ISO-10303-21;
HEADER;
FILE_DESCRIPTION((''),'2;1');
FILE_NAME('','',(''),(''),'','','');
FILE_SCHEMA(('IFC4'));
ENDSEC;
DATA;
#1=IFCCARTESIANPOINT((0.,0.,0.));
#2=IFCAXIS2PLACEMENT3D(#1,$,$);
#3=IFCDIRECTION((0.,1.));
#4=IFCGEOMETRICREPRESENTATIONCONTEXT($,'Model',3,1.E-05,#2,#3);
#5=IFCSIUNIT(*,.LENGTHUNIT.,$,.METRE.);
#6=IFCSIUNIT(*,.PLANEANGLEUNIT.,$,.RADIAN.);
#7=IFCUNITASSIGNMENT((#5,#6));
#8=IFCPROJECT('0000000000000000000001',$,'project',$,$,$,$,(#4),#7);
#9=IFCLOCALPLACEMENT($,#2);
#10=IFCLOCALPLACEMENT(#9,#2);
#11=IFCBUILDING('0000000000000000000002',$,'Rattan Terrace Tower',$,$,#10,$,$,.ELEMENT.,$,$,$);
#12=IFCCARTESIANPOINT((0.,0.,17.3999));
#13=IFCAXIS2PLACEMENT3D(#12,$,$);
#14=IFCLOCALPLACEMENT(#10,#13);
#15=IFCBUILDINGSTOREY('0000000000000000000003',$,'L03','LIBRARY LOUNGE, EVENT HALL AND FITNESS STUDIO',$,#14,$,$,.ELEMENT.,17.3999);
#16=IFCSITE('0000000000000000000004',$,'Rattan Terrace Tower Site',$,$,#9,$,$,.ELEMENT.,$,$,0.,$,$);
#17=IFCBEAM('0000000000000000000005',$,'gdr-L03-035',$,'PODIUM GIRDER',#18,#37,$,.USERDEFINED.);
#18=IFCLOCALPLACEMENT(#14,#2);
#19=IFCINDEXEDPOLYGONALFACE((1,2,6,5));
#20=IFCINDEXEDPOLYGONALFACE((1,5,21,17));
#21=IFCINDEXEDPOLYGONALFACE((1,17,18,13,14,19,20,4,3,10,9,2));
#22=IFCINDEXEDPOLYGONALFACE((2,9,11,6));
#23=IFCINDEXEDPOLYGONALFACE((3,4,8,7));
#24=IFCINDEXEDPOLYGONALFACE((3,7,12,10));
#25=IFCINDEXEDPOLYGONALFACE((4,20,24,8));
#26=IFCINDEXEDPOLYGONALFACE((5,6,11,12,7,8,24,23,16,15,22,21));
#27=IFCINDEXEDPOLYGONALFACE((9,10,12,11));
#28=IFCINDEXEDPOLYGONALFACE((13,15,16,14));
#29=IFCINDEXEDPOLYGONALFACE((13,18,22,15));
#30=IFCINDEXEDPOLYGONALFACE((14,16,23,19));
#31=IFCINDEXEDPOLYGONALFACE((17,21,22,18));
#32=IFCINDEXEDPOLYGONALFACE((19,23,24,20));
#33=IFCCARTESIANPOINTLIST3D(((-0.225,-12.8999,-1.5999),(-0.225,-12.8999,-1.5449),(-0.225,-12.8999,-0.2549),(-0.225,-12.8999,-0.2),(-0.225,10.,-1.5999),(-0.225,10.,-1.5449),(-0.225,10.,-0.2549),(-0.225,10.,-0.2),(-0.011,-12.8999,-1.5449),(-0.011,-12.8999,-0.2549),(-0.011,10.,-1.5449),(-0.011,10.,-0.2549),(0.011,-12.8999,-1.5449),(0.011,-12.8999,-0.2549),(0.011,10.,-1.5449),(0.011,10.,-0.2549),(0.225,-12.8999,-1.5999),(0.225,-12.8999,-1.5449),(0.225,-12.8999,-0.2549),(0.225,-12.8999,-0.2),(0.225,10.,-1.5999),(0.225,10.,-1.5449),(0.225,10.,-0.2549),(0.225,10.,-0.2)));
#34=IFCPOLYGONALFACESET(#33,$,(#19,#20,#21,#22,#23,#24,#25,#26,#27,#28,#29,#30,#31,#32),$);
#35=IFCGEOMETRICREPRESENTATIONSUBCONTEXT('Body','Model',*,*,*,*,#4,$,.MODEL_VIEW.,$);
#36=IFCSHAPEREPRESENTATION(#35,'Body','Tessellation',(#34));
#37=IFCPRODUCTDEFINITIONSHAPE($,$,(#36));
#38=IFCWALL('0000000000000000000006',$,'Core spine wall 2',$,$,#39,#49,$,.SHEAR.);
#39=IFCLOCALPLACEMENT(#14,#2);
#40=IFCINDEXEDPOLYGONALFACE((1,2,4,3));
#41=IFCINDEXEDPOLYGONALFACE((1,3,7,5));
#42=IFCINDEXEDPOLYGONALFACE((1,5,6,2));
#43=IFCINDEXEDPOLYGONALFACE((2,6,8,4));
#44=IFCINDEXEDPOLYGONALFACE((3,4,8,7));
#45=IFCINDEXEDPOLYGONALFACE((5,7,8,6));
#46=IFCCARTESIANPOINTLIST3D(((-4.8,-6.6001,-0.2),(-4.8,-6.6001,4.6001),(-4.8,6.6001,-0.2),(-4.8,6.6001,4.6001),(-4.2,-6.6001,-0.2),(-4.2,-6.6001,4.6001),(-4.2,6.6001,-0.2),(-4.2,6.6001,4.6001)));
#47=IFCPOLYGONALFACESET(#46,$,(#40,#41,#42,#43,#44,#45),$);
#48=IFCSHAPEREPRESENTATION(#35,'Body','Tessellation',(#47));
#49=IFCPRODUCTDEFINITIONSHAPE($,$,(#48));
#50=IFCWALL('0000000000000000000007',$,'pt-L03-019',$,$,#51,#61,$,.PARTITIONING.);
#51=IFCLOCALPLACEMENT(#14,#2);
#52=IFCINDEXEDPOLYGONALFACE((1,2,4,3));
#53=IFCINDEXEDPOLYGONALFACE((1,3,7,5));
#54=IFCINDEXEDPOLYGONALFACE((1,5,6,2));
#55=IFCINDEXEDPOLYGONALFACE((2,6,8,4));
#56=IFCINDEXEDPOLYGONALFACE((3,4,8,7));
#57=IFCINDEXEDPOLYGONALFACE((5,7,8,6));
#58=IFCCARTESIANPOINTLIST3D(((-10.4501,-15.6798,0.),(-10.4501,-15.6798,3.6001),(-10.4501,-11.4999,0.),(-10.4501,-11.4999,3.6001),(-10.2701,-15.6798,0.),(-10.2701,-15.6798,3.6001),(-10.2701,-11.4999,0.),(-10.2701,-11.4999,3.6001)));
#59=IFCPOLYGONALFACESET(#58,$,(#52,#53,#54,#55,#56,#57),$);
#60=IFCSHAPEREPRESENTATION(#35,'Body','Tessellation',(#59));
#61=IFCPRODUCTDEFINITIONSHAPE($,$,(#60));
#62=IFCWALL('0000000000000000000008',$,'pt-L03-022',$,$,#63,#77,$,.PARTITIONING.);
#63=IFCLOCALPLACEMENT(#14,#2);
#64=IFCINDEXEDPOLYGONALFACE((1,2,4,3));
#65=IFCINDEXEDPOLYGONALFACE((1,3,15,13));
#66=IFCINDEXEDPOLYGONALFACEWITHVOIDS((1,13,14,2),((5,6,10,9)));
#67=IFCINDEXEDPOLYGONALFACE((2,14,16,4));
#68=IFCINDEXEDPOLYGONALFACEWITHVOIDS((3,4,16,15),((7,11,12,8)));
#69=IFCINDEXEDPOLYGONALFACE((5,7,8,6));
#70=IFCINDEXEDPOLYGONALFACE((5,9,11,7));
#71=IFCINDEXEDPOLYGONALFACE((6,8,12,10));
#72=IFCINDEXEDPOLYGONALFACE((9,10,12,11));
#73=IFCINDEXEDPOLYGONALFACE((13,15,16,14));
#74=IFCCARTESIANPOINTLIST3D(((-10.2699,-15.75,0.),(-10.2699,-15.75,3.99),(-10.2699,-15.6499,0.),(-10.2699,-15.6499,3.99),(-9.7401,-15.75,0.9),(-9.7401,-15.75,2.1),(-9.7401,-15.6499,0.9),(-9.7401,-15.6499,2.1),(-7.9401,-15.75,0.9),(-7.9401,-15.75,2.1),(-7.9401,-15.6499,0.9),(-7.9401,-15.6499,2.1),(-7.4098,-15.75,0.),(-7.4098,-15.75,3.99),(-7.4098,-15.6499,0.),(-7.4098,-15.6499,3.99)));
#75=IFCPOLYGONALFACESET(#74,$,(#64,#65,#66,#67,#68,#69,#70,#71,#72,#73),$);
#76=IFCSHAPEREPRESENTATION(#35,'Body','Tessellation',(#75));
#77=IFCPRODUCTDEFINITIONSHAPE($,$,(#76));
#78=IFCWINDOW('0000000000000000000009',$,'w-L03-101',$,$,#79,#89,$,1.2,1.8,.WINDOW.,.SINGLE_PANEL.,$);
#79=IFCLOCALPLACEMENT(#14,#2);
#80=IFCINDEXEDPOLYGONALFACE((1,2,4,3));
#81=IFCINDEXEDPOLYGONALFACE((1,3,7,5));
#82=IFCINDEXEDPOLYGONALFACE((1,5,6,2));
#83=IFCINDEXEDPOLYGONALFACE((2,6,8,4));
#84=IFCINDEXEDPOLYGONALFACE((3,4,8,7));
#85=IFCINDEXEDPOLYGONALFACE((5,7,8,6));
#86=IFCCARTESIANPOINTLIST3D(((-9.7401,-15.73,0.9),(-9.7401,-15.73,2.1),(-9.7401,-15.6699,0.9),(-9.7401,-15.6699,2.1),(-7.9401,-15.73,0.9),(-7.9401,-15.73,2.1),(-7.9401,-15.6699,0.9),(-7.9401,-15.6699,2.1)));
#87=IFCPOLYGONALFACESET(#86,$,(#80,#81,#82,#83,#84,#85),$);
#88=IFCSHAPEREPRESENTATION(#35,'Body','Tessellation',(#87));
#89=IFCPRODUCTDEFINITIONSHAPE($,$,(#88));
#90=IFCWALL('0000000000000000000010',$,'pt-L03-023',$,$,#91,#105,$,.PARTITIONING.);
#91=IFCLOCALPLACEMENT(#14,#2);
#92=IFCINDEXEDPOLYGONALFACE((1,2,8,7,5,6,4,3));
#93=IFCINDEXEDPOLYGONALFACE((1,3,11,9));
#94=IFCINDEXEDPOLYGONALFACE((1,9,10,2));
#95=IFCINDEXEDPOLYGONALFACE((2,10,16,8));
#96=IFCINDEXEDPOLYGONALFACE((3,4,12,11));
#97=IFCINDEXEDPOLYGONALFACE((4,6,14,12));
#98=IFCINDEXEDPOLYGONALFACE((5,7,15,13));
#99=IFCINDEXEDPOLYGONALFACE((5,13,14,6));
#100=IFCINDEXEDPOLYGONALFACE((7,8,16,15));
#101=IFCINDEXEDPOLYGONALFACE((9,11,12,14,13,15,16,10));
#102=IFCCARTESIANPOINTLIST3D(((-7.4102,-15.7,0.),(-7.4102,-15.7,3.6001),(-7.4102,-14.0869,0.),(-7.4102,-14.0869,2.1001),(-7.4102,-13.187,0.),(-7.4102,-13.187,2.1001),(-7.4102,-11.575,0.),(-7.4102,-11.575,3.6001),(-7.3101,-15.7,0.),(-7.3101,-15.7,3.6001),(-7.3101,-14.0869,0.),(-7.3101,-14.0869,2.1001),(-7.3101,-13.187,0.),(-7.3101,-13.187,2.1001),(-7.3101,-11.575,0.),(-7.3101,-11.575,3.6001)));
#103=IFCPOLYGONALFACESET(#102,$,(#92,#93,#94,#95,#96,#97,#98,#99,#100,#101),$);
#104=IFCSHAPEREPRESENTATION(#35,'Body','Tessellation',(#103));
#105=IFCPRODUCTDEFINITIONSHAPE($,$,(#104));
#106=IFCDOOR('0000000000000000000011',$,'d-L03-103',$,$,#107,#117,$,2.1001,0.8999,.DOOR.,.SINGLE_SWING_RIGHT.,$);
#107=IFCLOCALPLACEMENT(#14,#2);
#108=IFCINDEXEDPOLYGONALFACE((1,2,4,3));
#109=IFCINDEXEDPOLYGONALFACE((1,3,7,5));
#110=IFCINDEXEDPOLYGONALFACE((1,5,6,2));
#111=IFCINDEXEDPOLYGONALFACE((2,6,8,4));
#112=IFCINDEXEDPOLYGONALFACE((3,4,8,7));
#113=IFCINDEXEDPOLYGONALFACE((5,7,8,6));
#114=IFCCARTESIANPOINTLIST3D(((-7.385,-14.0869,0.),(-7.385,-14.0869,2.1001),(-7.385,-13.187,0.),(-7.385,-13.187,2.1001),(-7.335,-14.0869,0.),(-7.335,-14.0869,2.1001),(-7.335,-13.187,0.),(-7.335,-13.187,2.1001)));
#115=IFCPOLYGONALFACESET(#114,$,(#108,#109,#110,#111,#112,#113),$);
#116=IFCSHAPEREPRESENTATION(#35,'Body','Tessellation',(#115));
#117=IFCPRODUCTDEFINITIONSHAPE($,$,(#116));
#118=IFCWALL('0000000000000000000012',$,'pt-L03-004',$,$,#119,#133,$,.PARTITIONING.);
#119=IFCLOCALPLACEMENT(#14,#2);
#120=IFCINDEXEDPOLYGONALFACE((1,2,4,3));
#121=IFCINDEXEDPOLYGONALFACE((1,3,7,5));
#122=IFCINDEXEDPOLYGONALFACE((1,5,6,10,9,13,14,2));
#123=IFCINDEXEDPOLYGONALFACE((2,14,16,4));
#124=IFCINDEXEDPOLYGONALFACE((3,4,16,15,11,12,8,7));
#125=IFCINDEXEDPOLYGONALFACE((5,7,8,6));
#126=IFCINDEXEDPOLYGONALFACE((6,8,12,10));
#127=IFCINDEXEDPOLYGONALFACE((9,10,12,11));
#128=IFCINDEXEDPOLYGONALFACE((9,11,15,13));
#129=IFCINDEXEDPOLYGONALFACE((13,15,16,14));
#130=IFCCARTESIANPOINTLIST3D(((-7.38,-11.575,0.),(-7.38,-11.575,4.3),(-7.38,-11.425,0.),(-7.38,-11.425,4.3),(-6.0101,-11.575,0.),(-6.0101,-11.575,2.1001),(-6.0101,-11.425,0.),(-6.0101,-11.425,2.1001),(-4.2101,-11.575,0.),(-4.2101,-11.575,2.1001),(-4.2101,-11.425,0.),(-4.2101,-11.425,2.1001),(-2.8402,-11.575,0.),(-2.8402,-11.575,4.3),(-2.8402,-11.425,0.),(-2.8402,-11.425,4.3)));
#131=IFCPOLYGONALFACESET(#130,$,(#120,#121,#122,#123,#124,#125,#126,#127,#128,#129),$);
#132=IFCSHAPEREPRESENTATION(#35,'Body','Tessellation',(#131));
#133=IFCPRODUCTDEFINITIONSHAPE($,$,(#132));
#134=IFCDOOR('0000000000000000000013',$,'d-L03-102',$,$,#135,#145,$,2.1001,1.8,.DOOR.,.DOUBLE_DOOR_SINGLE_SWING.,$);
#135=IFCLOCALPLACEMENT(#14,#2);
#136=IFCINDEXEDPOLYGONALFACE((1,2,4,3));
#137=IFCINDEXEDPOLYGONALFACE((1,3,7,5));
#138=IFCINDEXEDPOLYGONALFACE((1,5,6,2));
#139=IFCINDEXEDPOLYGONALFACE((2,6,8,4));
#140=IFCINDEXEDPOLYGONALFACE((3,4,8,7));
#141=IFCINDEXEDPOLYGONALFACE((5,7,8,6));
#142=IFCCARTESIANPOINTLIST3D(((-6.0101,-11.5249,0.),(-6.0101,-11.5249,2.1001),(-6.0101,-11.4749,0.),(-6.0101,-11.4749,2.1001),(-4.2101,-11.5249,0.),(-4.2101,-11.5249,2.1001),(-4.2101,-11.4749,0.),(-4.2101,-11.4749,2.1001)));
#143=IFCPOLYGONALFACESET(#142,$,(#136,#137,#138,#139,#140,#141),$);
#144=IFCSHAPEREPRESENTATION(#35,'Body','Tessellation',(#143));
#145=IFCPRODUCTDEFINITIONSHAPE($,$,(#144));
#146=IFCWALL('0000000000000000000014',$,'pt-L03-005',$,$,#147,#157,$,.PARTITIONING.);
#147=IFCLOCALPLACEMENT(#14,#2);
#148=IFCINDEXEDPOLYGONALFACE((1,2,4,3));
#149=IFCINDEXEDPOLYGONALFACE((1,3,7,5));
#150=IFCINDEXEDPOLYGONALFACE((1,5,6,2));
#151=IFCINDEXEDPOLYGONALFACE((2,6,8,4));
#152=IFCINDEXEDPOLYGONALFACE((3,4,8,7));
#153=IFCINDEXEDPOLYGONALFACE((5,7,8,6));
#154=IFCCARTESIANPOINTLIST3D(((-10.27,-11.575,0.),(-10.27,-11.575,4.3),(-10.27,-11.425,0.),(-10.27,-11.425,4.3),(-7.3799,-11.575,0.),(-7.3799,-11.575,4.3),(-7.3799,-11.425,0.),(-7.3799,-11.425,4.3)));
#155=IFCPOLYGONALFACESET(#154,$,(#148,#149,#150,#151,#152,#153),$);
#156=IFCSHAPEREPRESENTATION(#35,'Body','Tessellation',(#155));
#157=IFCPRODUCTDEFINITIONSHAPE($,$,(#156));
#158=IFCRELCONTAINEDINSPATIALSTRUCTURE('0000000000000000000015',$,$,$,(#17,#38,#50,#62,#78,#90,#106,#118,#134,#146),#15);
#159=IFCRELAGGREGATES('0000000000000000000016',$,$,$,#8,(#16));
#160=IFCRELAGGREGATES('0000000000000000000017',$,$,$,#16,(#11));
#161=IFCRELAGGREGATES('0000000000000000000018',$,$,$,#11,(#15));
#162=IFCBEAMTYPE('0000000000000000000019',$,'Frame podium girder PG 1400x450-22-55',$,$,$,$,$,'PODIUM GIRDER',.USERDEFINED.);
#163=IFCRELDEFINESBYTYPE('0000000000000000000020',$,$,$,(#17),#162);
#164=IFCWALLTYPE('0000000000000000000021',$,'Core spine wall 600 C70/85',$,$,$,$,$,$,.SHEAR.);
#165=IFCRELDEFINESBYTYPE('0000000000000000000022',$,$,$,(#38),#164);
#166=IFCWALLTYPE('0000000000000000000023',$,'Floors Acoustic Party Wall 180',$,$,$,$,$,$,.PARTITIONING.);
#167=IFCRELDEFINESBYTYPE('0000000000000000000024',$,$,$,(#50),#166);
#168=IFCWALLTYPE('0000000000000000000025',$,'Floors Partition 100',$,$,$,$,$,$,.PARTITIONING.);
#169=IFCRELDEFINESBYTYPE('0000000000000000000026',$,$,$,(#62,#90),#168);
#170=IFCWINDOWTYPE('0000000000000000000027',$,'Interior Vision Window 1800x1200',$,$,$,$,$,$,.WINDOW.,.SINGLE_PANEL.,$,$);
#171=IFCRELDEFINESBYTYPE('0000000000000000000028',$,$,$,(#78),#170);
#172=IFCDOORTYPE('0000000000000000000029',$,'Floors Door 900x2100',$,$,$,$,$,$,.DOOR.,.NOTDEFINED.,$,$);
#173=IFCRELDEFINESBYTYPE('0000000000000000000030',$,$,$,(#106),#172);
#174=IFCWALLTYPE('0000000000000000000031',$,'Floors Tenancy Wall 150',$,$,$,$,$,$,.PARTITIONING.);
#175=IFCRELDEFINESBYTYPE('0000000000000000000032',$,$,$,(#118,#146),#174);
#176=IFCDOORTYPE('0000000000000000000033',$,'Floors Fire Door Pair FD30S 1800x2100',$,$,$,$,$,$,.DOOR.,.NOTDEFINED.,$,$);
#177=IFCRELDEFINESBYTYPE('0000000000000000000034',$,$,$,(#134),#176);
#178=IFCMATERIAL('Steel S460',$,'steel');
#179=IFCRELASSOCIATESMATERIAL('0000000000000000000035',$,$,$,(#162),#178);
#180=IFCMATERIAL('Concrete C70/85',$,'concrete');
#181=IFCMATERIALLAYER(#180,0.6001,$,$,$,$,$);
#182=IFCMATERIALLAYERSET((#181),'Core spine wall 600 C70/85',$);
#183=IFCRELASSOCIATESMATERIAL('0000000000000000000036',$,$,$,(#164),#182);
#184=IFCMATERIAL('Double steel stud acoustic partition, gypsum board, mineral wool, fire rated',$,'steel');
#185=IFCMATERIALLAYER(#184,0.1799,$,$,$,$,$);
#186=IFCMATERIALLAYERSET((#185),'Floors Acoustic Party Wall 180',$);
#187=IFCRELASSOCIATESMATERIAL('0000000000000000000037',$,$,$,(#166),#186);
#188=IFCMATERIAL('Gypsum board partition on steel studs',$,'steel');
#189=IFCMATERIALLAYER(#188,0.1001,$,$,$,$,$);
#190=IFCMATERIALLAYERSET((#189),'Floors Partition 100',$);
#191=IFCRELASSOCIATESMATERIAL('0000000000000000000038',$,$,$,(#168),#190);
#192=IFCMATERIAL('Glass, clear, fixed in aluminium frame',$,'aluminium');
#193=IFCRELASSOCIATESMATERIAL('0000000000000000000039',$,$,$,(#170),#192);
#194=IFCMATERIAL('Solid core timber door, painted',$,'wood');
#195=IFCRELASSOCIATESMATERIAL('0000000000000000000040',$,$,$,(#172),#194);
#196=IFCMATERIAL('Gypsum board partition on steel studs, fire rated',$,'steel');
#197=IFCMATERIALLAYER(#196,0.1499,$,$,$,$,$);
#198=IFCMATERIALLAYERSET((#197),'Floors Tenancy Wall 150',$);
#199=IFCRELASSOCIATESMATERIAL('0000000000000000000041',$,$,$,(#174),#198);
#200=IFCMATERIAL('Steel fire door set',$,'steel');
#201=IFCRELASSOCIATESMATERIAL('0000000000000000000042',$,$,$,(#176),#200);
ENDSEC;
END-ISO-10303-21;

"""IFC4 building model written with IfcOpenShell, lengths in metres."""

from ifc_helpers import new_model, si_unit, direction, frame, frame_2d, origin, origin_2d, place, context, subcontext, project, spatial, rectangle, i_section, extrude, material, layer, layer_set, material_profile, profile_set, type_object, element, fill, save


model = new_model("IFC4")

# Units and contexts
model_context = context("Model", 3, precision=1e-05, world=origin(), true_north=direction((0.0, 1.0)))
body_context = subcontext(model_context, "Body", "Model", "MODEL_VIEW")
ifc_project = project(units=[si_unit("LENGTHUNIT", "METRE"), si_unit("PLANEANGLEUNIT", "RADIAN")], contexts=[model_context])

# Site, building, storey
site_placement = place(None, origin())
site = spatial("IfcSite", under=ifc_project, at=site_placement, Name="Rattan Terrace Tower Site", CompositionType="ELEMENT", RefElevation=0.0)
building_placement = place(site_placement, origin())
building = spatial("IfcBuilding", under=site, at=building_placement, Name="Rattan Terrace Tower", CompositionType="ELEMENT")
storey_placement = place(building_placement, frame((0.0, 0.0, 17.3999)))
storey = spatial("IfcBuildingStorey", under=building, at=storey_placement, Name="L03", Description="LIBRARY LOUNGE, EVENT HALL AND FITNESS STUDIO", CompositionType="ELEMENT", Elevation=17.3999)

# Beam
ifc_material_1 = material(Name="Steel S460", Category="steel")
ifc_material_profile_1 = material_profile(ifc_material_1, i_section(OverallWidth=0.45, OverallDepth=1.3999, WebThickness=0.022, FlangeThickness=0.0549, at=origin_2d()), Name="PG 1400x450-22-55")
ifc_profile_set_1 = profile_set([ifc_material_profile_1], Name="Steel S460")
beam_type_1 = type_object("IfcBeamType", Name="Frame podium girder PG 1400x450-22-55", ElementType="PODIUM GIRDER", PredefinedType="USERDEFINED", material=ifc_profile_set_1)
beam_1_placement = place(storey_placement, frame((0.0, -12.8999, -0.8999), z_axis=(0.0, 1.0, 0.0), x_axis=(-1.0, 0.0, 0.0)))
element("IfcBeam", 1, at=beam_1_placement, inside=storey, type_object=beam_type_1, Name="gdr-L03-035", ObjectType="PODIUM GIRDER", PredefinedType="USERDEFINED", context=body_context, shape_type="SweptSolid", body=[
    extrude(i_section(OverallWidth=0.45, OverallDepth=1.3999, WebThickness=0.022, FlangeThickness=0.0549, at=origin_2d()), origin(), (0.0, 0.0, 1.0), 22.8999),
])

# Walls
ifc_material_2 = material(Name="Concrete C70/85", Category="concrete")
ifc_layer_1 = layer(ifc_material_2, 0.6001)
ifc_layer_set_1 = layer_set([ifc_layer_1], Name="Core spine wall 600 C70/85")
wall_type_1 = type_object("IfcWallType", Name="Core spine wall 600 C70/85", PredefinedType="SHEAR", material=ifc_layer_set_1)
wall_1_placement = place(storey_placement, frame((-4.5, -6.6001, -0.2), z_axis=(0.0, 0.0, 1.0), x_axis=(0.0, 1.0, 0.0)))
element("IfcWall", 2, at=wall_1_placement, inside=storey, type_object=wall_type_1, Name="Core spine wall 2", PredefinedType="SHEAR", context=body_context, shape_type="SweptSolid", body=[
    extrude(rectangle(XDim=13.2002, YDim=0.6001, at=frame_2d((6.6001, 0.0))), origin(), (0.0, 0.0, 1.0), 4.8),
])
ifc_material_3 = material(Name="Double steel stud acoustic partition, gypsum board, mineral wool, fire rated", Category="steel")
ifc_layer_2 = layer(ifc_material_3, 0.1799)
ifc_layer_set_2 = layer_set([ifc_layer_2], Name="Floors Acoustic Party Wall 180")
wall_type_2 = type_object("IfcWallType", Name="Floors Acoustic Party Wall 180", PredefinedType="PARTITIONING", material=ifc_layer_set_2)
wall_2_placement = place(storey_placement, frame((-10.3601, -11.5, 0.0), z_axis=(0.0, 0.0, 1.0), x_axis=(0.0, -1.0, 0.0)))
element("IfcWall", 3, at=wall_2_placement, inside=storey, type_object=wall_type_2, Name="pt-L03-019", PredefinedType="PARTITIONING", context=body_context, shape_type="SweptSolid", body=[
    extrude(rectangle(XDim=4.1799, YDim=0.1799, at=frame_2d((2.0898, 0.0))), origin(), (0.0, 0.0, 1.0), 3.6001),
])

# Wall, opening, window
ifc_material_4 = material(Name="Gypsum board partition on steel studs", Category="steel")
ifc_layer_3 = layer(ifc_material_4, 0.1001)
ifc_layer_set_3 = layer_set([ifc_layer_3], Name="Floors Partition 100")
wall_type_3 = type_object("IfcWallType", Name="Floors Partition 100", PredefinedType="PARTITIONING", material=ifc_layer_set_3)
wall_3_placement = place(storey_placement, frame((-10.27, -15.7, 0.0), z_axis=(0.0, 0.0, 1.0), x_axis=(1.0, 0.0, 0.0)))
wall_3 = element("IfcWall", 4, at=wall_3_placement, inside=storey, type_object=wall_type_3, Name="pt-L03-022", PredefinedType="PARTITIONING", context=body_context, shape_type="SweptSolid", body=[
    extrude(rectangle(XDim=2.8601, YDim=0.1001, at=frame_2d((1.4302, 0.0))), origin(), (0.0, 0.0, 1.0), 3.99),
])
opening_1_placement = place(wall_3_placement, frame((0.53, 0.0, 0.8999)))
opening_1 = element("IfcOpeningElement", 5, at=opening_1_placement, cuts=wall_3, PredefinedType="OPENING", context=body_context, shape_type="SweptSolid", body=[
    extrude(rectangle(XDim=1.8, YDim=1.2, at=frame_2d((0.8999, 0.6001))), frame((0.0, 0.0605, 0.0), z_axis=(0.0, -1.0, 0.0), x_axis=(1.0, 0.0, 0.0)), (0.0, 0.0, 1.0), 0.1211),
])
ifc_material_5 = material(Name="Glass, clear, fixed in aluminium frame", Category="aluminium")
window_type = type_object("IfcWindowType", Name="Interior Vision Window 1800x1200", PartitioningType="SINGLE_PANEL", PredefinedType="WINDOW", material=ifc_material_5)
window_placement = place(opening_1_placement, origin())
window = element("IfcWindow", 6, at=window_placement, inside=storey, type_object=window_type, Name="w-L03-101", OverallHeight=1.2, OverallWidth=1.8, PartitioningType="SINGLE_PANEL", PredefinedType="WINDOW", context=body_context, shape_type="SweptSolid", body=[
    extrude(rectangle(XDim=1.8, YDim=1.2, at=frame_2d((0.8999, 0.6001))), frame((0.0, 0.03, 0.0), z_axis=(0.0, -1.0, 0.0), x_axis=(1.0, 0.0, 0.0)), (0.0, 0.0, 1.0), 0.0601),
])
fill(opening_1, window)

# Walls, openings, doors
wall_4_placement = place(storey_placement, frame((-7.3601, -15.7, 0.0), z_axis=(0.0, 0.0, 1.0), x_axis=(0.0, 1.0, 0.0)))
wall_4 = element("IfcWall", 7, at=wall_4_placement, inside=storey, type_object=wall_type_3, Name="pt-L03-023", PredefinedType="PARTITIONING", context=body_context, shape_type="SweptSolid", body=[
    extrude(rectangle(XDim=4.125, YDim=0.1001, at=frame_2d((2.0625, 0.0))), origin(), (0.0, 0.0, 1.0), 3.6001),
])
opening_2_placement = place(wall_4_placement, frame((1.613, 0.0, 0.0)))
opening_2 = element("IfcOpeningElement", 8, at=opening_2_placement, cuts=wall_4, PredefinedType="OPENING", context=body_context, shape_type="SweptSolid", body=[
    extrude(rectangle(XDim=0.8999, YDim=2.1001, at=frame_2d((0.45, 1.05))), frame((0.0, 0.0605, 0.0), z_axis=(0.0, -1.0, 0.0), x_axis=(1.0, 0.0, 0.0)), (0.0, 0.0, 1.0), 0.1211),
])
ifc_material_6 = material(Name="Solid core timber door, painted", Category="wood")
door_type_1 = type_object("IfcDoorType", Name="Floors Door 900x2100", OperationType="NOTDEFINED", PredefinedType="DOOR", material=ifc_material_6)
door_1_placement = place(opening_2_placement, origin())
door_1 = element("IfcDoor", 9, at=door_1_placement, inside=storey, type_object=door_type_1, Name="d-L03-103", OperationType="SINGLE_SWING_RIGHT", OverallHeight=2.1001, OverallWidth=0.8999, PredefinedType="DOOR", context=body_context, shape_type="SweptSolid", body=[
    extrude(rectangle(XDim=0.8999, YDim=2.1001, at=frame_2d((0.45, 1.05))), frame((0.0, 0.0249, 0.0), z_axis=(0.0, -1.0, 0.0), x_axis=(1.0, 0.0, 0.0)), (0.0, 0.0, 1.0), 0.05),
])
fill(opening_2, door_1)
ifc_material_7 = material(Name="Gypsum board partition on steel studs, fire rated", Category="steel")
ifc_layer_4 = layer(ifc_material_7, 0.1499)
ifc_layer_set_4 = layer_set([ifc_layer_4], Name="Floors Tenancy Wall 150")
wall_type_4 = type_object("IfcWallType", Name="Floors Tenancy Wall 150", PredefinedType="PARTITIONING", material=ifc_layer_set_4)
wall_5_placement = place(storey_placement, frame((-2.8401, -11.5, 0.0), z_axis=(0.0, 0.0, 1.0), x_axis=(-1.0, 0.0, 0.0)))
wall_5 = element("IfcWall", 10, at=wall_5_placement, inside=storey, type_object=wall_type_4, Name="pt-L03-004", PredefinedType="PARTITIONING", context=body_context, shape_type="SweptSolid", body=[
    extrude(rectangle(XDim=4.5398, YDim=0.1499, at=frame_2d((2.27, 0.0))), origin(), (0.0, 0.0, 1.0), 4.3),
])
opening_3_placement = place(wall_5_placement, frame((1.3701, 0.0, 0.0)))
opening_3 = element("IfcOpeningElement", 11, at=opening_3_placement, cuts=wall_5, PredefinedType="OPENING", context=body_context, shape_type="SweptSolid", body=[
    extrude(rectangle(XDim=1.8, YDim=2.1001, at=frame_2d((0.8999, 1.05))), frame((0.0, 0.0854, 0.0), z_axis=(0.0, -1.0, 0.0), x_axis=(1.0, 0.0, 0.0)), (0.0, 0.0, 1.0), 0.1709),
])
ifc_material_8 = material(Name="Steel fire door set", Category="steel")
door_type_2 = type_object("IfcDoorType", Name="Floors Fire Door Pair FD30S 1800x2100", OperationType="NOTDEFINED", PredefinedType="DOOR", material=ifc_material_8)
door_2_placement = place(opening_3_placement, origin())
door_2 = element("IfcDoor", 12, at=door_2_placement, inside=storey, type_object=door_type_2, Name="d-L03-102", OperationType="DOUBLE_DOOR_SINGLE_SWING", OverallHeight=2.1001, OverallWidth=1.8, PredefinedType="DOOR", context=body_context, shape_type="SweptSolid", body=[
    extrude(rectangle(XDim=1.8, YDim=2.1001, at=frame_2d((0.8999, 1.05))), frame((0.0, 0.0249, 0.0), z_axis=(0.0, -1.0, 0.0), x_axis=(1.0, 0.0, 0.0)), (0.0, 0.0, 1.0), 0.05),
])
fill(opening_3, door_2)

# Wall
wall_6_placement = place(storey_placement, frame((-7.3799, -11.5, 0.0), z_axis=(0.0, 0.0, 1.0), x_axis=(-1.0, 0.0, 0.0)))
element("IfcWall", 13, at=wall_6_placement, inside=storey, type_object=wall_type_4, Name="pt-L03-005", PredefinedType="PARTITIONING", context=body_context, shape_type="SweptSolid", body=[
    extrude(rectangle(XDim=2.8901, YDim=0.1499, at=frame_2d((1.4451, 0.0))), origin(), (0.0, 0.0, 1.0), 4.3),
])

save(model, "model.ifc")
